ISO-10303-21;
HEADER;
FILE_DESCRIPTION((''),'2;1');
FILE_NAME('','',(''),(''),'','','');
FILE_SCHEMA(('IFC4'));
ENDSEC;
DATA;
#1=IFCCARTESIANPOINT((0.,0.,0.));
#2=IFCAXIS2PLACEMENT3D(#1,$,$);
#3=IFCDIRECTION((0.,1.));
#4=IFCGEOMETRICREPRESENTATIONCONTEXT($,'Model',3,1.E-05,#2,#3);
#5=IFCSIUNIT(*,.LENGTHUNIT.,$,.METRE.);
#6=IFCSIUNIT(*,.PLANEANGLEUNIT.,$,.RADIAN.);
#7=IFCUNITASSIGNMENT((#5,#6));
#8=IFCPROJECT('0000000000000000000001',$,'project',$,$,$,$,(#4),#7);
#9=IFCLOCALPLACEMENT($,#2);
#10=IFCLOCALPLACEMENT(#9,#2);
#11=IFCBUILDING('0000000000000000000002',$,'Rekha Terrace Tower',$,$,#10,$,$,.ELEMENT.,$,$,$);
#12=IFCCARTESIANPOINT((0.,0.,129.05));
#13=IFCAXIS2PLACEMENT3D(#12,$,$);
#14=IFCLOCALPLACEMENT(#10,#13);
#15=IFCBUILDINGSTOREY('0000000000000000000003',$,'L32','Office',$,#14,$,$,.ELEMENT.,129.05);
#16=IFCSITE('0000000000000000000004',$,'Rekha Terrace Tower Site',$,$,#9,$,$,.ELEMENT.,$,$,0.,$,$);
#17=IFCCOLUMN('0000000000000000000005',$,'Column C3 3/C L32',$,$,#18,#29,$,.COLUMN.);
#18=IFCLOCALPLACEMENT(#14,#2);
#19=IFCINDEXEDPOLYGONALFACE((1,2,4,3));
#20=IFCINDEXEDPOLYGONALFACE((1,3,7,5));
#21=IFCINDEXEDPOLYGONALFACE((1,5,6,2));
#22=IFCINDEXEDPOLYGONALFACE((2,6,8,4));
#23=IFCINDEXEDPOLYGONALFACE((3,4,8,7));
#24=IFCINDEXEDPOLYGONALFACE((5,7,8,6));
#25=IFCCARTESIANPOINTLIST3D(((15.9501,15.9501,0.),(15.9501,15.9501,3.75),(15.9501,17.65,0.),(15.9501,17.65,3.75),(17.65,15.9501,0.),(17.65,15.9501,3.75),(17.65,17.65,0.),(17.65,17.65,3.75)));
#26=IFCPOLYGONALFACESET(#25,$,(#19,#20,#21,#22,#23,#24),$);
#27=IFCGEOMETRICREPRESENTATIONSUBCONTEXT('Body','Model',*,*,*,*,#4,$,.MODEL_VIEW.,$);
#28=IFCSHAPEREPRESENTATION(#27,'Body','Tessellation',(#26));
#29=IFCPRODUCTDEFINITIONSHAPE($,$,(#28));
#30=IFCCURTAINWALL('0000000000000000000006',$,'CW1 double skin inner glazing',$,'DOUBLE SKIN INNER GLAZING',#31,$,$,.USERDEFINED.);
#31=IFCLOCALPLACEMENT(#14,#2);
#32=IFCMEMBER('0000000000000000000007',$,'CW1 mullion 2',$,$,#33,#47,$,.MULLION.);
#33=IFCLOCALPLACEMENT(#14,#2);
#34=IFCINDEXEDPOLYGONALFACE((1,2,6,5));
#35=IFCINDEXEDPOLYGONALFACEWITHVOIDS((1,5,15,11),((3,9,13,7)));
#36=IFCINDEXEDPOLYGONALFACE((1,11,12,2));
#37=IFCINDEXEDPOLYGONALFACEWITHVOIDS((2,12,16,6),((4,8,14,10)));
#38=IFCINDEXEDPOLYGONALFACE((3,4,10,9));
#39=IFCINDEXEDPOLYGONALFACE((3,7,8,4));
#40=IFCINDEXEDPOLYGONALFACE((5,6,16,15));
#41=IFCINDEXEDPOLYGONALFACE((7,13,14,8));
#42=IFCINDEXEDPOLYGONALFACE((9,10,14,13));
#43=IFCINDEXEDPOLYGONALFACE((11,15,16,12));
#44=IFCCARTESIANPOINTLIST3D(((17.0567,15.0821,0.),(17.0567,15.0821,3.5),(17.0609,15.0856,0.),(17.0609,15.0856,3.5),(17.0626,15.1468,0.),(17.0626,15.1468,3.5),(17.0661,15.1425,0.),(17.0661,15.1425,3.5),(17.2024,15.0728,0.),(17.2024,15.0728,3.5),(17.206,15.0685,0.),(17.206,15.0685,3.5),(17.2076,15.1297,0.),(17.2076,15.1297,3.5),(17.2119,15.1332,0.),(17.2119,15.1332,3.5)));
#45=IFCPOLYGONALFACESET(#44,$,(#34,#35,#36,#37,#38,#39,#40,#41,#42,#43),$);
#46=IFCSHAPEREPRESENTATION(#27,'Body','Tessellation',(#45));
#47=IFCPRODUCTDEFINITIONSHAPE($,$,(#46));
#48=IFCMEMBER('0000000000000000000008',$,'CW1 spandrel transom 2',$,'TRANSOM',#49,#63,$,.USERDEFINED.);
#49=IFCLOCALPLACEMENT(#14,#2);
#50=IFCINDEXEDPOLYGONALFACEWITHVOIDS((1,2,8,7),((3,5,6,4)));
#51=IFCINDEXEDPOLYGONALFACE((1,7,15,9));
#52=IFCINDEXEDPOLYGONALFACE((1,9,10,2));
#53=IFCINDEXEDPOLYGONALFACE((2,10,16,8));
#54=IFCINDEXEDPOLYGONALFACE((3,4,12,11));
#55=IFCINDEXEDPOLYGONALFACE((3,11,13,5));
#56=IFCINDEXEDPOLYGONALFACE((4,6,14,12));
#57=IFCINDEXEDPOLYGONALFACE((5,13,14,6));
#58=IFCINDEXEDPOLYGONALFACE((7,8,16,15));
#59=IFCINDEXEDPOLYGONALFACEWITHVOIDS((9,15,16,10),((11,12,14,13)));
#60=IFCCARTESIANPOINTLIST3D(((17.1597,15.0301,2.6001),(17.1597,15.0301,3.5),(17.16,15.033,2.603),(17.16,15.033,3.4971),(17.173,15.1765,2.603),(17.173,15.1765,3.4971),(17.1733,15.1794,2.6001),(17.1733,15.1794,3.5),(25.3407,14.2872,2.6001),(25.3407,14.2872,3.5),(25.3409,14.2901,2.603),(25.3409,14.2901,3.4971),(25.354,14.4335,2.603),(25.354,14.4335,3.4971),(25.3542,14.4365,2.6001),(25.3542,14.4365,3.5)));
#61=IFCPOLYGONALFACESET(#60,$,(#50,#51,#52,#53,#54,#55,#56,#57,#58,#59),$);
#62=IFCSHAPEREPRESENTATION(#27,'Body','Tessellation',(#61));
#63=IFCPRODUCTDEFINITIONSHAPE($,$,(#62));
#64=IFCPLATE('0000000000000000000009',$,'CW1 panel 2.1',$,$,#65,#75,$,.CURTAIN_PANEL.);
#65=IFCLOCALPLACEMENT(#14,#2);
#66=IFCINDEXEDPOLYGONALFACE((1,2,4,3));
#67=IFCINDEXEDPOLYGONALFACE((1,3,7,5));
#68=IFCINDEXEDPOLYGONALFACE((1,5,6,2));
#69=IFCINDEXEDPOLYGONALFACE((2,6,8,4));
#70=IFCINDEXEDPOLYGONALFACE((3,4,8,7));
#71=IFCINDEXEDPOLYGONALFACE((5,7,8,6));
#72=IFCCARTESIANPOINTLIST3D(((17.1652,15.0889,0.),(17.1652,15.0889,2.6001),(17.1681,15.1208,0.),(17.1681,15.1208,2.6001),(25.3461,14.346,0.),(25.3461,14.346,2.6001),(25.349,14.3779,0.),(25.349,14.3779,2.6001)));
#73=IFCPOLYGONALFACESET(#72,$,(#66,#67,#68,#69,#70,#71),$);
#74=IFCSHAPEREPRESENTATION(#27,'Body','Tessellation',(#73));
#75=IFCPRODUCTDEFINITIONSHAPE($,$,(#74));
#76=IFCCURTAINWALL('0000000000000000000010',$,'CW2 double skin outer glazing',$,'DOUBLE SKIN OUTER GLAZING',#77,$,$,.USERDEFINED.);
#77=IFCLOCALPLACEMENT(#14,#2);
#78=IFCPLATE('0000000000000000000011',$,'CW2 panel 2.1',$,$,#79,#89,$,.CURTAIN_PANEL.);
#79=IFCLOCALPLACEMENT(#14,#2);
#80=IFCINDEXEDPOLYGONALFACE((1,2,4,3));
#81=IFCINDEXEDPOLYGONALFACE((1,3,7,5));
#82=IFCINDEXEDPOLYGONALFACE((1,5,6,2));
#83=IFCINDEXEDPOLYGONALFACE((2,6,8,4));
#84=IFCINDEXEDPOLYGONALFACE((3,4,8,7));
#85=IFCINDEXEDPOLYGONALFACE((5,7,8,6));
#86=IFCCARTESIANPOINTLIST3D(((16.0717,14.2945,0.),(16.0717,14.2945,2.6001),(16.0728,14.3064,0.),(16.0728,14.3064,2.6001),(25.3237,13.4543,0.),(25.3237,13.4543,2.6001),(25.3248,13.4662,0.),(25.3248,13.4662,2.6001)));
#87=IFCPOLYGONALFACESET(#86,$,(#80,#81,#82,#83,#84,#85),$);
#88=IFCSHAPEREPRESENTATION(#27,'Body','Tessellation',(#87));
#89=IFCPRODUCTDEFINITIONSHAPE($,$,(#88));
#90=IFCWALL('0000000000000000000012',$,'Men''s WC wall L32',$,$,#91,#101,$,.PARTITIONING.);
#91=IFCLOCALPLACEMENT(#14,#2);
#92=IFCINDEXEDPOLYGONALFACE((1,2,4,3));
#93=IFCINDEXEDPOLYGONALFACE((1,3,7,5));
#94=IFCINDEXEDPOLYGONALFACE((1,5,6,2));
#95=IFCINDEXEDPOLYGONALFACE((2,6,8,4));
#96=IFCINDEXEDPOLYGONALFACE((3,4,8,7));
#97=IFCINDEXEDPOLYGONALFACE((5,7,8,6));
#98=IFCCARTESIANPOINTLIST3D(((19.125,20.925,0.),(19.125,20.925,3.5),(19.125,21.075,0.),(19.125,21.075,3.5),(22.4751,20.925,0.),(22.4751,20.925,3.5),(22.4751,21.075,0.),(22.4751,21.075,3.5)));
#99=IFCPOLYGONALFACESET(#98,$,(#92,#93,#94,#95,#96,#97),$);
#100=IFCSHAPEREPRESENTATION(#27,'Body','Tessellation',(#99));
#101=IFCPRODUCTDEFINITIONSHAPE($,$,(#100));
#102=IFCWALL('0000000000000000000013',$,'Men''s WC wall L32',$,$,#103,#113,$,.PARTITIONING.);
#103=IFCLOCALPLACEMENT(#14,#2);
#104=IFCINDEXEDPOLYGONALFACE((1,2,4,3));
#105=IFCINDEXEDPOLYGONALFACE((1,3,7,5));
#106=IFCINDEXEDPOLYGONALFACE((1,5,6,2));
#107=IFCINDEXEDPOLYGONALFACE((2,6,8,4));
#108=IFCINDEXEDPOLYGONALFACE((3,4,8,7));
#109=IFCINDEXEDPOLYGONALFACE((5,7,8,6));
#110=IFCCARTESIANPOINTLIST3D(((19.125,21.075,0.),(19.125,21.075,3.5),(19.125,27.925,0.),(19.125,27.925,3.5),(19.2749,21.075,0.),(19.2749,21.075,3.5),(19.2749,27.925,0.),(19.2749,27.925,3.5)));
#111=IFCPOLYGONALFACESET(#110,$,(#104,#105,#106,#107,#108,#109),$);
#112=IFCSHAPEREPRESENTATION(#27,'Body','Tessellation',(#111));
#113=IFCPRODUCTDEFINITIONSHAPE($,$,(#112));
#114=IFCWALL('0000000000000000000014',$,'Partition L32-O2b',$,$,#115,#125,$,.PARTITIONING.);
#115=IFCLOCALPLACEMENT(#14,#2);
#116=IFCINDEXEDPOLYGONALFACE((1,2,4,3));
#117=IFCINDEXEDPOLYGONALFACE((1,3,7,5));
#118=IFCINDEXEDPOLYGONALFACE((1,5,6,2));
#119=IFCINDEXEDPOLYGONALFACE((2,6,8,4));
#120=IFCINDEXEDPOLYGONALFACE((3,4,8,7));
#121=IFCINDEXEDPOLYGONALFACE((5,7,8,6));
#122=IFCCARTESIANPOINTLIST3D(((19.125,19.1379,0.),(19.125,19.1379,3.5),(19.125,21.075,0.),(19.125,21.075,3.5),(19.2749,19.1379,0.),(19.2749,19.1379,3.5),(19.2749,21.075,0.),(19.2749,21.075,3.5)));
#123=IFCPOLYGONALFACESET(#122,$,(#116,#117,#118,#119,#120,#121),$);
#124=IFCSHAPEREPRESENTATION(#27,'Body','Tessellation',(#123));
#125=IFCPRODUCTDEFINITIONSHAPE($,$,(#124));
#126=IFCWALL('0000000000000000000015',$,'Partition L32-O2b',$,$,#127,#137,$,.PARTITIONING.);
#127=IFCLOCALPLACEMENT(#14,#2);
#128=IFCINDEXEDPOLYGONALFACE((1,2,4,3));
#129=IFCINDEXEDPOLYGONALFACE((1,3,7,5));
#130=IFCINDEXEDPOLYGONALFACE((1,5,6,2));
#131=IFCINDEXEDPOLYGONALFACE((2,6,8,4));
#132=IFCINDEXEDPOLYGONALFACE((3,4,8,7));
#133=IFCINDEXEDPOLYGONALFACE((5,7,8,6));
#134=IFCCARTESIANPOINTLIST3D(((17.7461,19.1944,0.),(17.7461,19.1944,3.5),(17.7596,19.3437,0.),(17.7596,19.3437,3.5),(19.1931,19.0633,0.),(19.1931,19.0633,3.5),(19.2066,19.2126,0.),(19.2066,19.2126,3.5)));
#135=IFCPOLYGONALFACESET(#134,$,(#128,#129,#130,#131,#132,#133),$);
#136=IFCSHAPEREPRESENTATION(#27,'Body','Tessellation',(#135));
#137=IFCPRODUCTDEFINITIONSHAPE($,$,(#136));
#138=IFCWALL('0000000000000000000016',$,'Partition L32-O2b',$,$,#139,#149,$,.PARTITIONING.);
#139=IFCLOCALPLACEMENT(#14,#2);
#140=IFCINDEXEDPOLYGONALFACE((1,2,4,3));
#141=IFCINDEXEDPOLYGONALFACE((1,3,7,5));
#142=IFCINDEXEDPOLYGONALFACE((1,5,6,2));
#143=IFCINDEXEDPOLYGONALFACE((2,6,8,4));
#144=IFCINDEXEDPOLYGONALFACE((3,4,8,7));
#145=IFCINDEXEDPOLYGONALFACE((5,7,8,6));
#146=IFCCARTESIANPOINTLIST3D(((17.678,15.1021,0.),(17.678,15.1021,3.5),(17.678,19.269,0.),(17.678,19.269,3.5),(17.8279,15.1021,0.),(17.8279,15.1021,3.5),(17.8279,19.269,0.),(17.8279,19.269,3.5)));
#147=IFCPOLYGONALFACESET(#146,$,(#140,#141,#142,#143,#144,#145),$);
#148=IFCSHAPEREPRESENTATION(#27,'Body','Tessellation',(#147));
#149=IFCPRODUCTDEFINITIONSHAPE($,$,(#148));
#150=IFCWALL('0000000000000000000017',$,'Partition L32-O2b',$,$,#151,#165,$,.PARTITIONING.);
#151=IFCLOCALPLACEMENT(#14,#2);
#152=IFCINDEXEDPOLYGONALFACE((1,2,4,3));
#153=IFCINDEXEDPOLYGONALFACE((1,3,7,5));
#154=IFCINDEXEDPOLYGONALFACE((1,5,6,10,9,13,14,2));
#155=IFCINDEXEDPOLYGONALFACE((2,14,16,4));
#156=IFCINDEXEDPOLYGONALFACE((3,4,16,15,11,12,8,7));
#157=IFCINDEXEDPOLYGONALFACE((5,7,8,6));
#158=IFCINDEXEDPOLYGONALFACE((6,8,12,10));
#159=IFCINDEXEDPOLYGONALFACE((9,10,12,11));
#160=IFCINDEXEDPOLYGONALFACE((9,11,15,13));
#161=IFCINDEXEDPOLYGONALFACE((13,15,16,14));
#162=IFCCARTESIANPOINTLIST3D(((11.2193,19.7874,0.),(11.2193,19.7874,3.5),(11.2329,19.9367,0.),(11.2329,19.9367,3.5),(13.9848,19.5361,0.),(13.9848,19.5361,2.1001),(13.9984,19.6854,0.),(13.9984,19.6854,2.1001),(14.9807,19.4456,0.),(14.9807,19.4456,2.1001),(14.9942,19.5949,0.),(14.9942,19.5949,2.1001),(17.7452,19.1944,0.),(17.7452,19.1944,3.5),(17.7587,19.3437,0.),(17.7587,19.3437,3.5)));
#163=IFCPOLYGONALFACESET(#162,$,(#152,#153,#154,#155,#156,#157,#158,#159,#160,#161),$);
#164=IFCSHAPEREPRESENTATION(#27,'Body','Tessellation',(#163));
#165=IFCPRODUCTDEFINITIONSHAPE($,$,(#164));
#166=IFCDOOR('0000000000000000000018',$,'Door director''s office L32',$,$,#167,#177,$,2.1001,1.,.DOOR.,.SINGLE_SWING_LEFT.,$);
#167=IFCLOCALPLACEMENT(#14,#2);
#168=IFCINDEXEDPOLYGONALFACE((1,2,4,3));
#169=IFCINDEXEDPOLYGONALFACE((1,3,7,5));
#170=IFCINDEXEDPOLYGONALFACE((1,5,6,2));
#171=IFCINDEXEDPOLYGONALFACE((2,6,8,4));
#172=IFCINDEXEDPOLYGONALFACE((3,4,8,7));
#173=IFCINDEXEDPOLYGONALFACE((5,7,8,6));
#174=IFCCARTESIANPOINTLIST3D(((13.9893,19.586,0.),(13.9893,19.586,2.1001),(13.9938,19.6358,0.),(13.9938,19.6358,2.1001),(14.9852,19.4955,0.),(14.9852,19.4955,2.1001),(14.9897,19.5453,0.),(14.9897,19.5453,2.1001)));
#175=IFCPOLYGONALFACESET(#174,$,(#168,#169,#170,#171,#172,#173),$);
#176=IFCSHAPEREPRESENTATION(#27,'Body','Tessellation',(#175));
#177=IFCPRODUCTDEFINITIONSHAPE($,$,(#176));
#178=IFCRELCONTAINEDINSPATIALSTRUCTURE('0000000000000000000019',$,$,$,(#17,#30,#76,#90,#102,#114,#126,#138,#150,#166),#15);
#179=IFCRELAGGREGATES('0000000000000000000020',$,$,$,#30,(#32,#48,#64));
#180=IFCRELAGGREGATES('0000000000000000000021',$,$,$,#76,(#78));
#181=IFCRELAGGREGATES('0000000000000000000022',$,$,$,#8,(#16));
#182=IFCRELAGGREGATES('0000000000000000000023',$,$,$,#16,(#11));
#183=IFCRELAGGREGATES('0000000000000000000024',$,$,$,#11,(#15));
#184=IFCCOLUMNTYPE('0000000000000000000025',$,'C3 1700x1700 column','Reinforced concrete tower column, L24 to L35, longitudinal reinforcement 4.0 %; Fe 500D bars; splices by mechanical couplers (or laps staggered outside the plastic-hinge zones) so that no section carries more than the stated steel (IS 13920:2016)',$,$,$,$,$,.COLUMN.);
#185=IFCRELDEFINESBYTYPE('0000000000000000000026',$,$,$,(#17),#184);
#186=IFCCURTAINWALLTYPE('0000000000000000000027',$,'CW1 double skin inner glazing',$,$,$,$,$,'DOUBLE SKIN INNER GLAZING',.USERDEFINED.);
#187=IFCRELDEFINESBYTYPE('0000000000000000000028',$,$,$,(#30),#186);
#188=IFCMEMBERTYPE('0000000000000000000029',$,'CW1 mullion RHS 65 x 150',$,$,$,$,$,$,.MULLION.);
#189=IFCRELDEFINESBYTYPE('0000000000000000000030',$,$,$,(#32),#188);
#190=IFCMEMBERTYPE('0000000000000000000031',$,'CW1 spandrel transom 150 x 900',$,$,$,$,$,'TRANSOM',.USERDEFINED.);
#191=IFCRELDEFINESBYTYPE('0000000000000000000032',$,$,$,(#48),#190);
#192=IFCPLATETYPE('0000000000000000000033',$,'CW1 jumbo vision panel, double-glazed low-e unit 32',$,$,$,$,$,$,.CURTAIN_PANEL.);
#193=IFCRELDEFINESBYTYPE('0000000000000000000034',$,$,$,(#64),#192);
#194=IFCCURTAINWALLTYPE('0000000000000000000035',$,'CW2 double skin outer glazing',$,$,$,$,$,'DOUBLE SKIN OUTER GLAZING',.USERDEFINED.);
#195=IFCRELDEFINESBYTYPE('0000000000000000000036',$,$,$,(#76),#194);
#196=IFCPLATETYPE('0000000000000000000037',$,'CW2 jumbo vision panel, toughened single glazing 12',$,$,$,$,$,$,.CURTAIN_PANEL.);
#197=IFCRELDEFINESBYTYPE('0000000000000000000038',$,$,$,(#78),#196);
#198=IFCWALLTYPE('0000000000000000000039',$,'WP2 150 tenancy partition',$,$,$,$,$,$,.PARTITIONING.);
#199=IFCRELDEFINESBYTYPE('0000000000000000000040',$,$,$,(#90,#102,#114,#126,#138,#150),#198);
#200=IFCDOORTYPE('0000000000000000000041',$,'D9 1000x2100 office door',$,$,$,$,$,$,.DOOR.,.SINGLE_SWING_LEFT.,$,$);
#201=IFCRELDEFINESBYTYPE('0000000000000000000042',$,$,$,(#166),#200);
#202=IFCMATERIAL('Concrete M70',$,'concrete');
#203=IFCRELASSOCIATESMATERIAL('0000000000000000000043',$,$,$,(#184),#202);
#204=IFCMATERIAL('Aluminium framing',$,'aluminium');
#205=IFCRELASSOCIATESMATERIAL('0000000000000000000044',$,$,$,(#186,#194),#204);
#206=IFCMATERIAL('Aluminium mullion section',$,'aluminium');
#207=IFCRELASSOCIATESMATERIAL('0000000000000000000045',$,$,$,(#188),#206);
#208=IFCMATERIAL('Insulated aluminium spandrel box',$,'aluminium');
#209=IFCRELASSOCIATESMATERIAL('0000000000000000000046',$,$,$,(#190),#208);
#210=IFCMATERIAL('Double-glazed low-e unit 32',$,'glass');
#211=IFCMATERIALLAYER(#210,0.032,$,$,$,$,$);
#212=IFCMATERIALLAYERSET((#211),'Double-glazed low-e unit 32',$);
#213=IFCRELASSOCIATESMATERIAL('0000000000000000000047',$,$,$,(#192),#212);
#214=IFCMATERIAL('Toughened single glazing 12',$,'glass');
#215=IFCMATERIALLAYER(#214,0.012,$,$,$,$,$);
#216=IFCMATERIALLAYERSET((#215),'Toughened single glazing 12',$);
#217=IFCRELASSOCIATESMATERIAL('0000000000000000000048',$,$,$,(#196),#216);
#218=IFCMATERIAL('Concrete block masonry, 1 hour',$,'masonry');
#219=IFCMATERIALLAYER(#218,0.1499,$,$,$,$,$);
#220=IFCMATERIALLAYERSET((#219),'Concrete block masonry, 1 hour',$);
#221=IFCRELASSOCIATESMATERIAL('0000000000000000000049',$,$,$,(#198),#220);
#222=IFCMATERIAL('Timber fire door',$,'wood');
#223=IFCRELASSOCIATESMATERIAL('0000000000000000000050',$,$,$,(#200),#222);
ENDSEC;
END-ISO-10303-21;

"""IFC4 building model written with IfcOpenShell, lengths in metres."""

from ifc_helpers import new_model, si_unit, direction, frame, frame_2d, origin, origin_2d, place, context, subcontext, project, spatial, rectangle, hollow_rectangle, extrude, material, layer, layer_set, material_profile, profile_set, type_object, element, fill, aggregate, save


model = new_model("IFC4")

# Units and contexts
model_context = context("Model", 3, precision=1e-05, world=origin(), true_north=direction((0.0, 1.0)))
body_context = subcontext(model_context, "Body", "Model", "MODEL_VIEW")
ifc_project = project(units=[si_unit("LENGTHUNIT", "METRE"), si_unit("PLANEANGLEUNIT", "RADIAN")], contexts=[model_context])

# Site, building, storey
site_placement = place(None, origin())
site = spatial("IfcSite", under=ifc_project, at=site_placement, Name="Rekha Terrace Tower Site", CompositionType="ELEMENT", RefElevation=0.0)
building_placement = place(site_placement, origin())
building = spatial("IfcBuilding", under=site, at=building_placement, Name="Rekha Terrace Tower", CompositionType="ELEMENT")
storey_placement = place(building_placement, frame((0.0, 0.0, 129.05)))
storey = spatial("IfcBuildingStorey", under=building, at=storey_placement, Name="L32", Description="Office", CompositionType="ELEMENT", Elevation=129.05)

# Column
ifc_material_1 = material(Name="Concrete M70", Category="concrete")
ifc_material_profile_1 = material_profile(ifc_material_1, rectangle(XDim=1.7, YDim=1.7, at=origin_2d()), Name="RC 1700x1700")
ifc_profile_set_1 = profile_set([ifc_material_profile_1], Name="Concrete M70")
column_type = type_object("IfcColumnType", Name="C3 1700x1700 column", Description="Reinforced concrete tower column, L24 to L35, longitudinal reinforcement 4.0 %; Fe 500D bars; splices by mechanical couplers (or laps staggered outside the plastic-hinge zones) so that no section carries more than the stated steel (IS 13920:2016)", PredefinedType="COLUMN", material=ifc_profile_set_1)
column_placement = place(storey_placement, frame((16.8, 16.8, 0.0), z_axis=(0.0, 0.0, 1.0), x_axis=(1.0, 0.0, 0.0)))
element("IfcColumn", 1, at=column_placement, inside=storey, type_object=column_type, Name="Column C3 3/C L32", PredefinedType="COLUMN", context=body_context, shape_type="SweptSolid", body=[
    extrude(rectangle(XDim=1.7, YDim=1.7, at=origin_2d()), origin(), (0.0, 0.0, 1.0), 3.75),
])

# Curtain wall, members, plate
ifc_material_2 = material(Name="Aluminium framing", Category="aluminium")
curtain_wall_type_1 = type_object("IfcCurtainWallType", Name="CW1 double skin inner glazing", ElementType="DOUBLE SKIN INNER GLAZING", PredefinedType="USERDEFINED", material=ifc_material_2)
curtain_wall_1_placement = place(storey_placement, origin())
curtain_wall_1 = element("IfcCurtainWall", 2, at=curtain_wall_1_placement, inside=storey, type_object=curtain_wall_type_1, Name="CW1 double skin inner glazing", ObjectType="DOUBLE SKIN INNER GLAZING", PredefinedType="USERDEFINED")
ifc_material_3 = material(Name="Aluminium mullion section", Category="aluminium")
ifc_material_profile_2 = material_profile(ifc_material_3, hollow_rectangle(XDim=0.0649, YDim=0.1499, WallThickness=0.0039, at=origin_2d()), Name="AL RHS 65x150")
ifc_profile_set_2 = profile_set([ifc_material_profile_2], Name="Aluminium mullion section")
member_type_1 = type_object("IfcMemberType", Name="CW1 mullion RHS 65 x 150", PredefinedType="MULLION", material=ifc_profile_set_2)
member_1_placement = place(storey_placement, frame((17.1343, 15.1077, 0.0), z_axis=(0.0, 0.0, 1.0), x_axis=(0.09044, 0.995902, 0.0)))
member_1 = element("IfcMember", 3, at=member_1_placement, type_object=member_type_1, Name="CW1 mullion 2", PredefinedType="MULLION", context=body_context, shape_type="SweptSolid", body=[
    extrude(hollow_rectangle(XDim=0.0649, YDim=0.1499, WallThickness=0.0039, at=origin_2d()), origin(), (0.0, 0.0, 1.0), 3.5),
])
ifc_material_4 = material(Name="Insulated aluminium spandrel box", Category="aluminium")
ifc_material_profile_3 = material_profile(ifc_material_4, hollow_rectangle(XDim=0.1499, YDim=0.8999, WallThickness=0.0029, at=origin_2d()), Name="AL SPANDREL BOX 150x900")
ifc_profile_set_3 = profile_set([ifc_material_profile_3], Name="Insulated aluminium spandrel box")
member_type_2 = type_object("IfcMemberType", Name="CW1 spandrel transom 150 x 900", ElementType="TRANSOM", PredefinedType="USERDEFINED", material=ifc_profile_set_3)
member_2_placement = place(storey_placement, frame((17.1665, 15.1047, 3.05), z_axis=(0.995902, -0.090439, 0.0), x_axis=(0.090439, 0.995902, 0.0)))
member_2 = element("IfcMember", 4, at=member_2_placement, type_object=member_type_2, Name="CW1 spandrel transom 2", ObjectType="TRANSOM", PredefinedType="USERDEFINED", context=body_context, shape_type="SweptSolid", body=[
    extrude(hollow_rectangle(XDim=0.1499, YDim=0.8999, WallThickness=0.0029, at=origin_2d()), origin(), (0.0, 0.0, 1.0), 8.2146),
])
ifc_material_5 = material(Name="Double-glazed low-e unit 32", Category="glass")
ifc_layer_1 = layer(ifc_material_5, 0.032)
ifc_layer_set_1 = layer_set([ifc_layer_1], Name="Double-glazed low-e unit 32")
plate_type_1 = type_object("IfcPlateType", Name="CW1 jumbo vision panel, double-glazed low-e unit 32", PredefinedType="CURTAIN_PANEL", material=ifc_layer_set_1)
plate_1_placement = place(storey_placement, frame((21.2571, 14.7334, 0.0), z_axis=(0.0, 0.0, 1.0), x_axis=(0.995902, -0.09044, 0.0)))
plate_1 = element("IfcPlate", 5, at=plate_1_placement, type_object=plate_type_1, Name="CW1 panel 2.1", PredefinedType="CURTAIN_PANEL", context=body_context, shape_type="SweptSolid", body=[
    extrude(rectangle(XDim=8.2146, YDim=0.032, at=origin_2d()), origin(), (0.0, 0.0, 1.0), 2.6001),
])
aggregate(curtain_wall_1, [member_1, member_2, plate_1])

# Curtain wall, plate
curtain_wall_type_2 = type_object("IfcCurtainWallType", Name="CW2 double skin outer glazing", ElementType="DOUBLE SKIN OUTER GLAZING", PredefinedType="USERDEFINED", material=ifc_material_2)
curtain_wall_2_placement = place(storey_placement, origin())
curtain_wall_2 = element("IfcCurtainWall", 6, at=curtain_wall_2_placement, inside=storey, type_object=curtain_wall_type_2, Name="CW2 double skin outer glazing", ObjectType="DOUBLE SKIN OUTER GLAZING", PredefinedType="USERDEFINED")
ifc_material_6 = material(Name="Toughened single glazing 12", Category="glass")
ifc_layer_2 = layer(ifc_material_6, 0.012)
ifc_layer_set_2 = layer_set([ifc_layer_2], Name="Toughened single glazing 12")
plate_type_2 = type_object("IfcPlateType", Name="CW2 jumbo vision panel, toughened single glazing 12", PredefinedType="CURTAIN_PANEL", material=ifc_layer_set_2)
plate_2_placement = place(storey_placement, frame((20.6982, 13.8804, 0.0), z_axis=(0.0, 0.0, 1.0), x_axis=(0.995902, -0.09044, 0.0)))
plate_2 = element("IfcPlate", 7, at=plate_2_placement, type_object=plate_type_2, Name="CW2 panel 2.1", PredefinedType="CURTAIN_PANEL", context=body_context, shape_type="SweptSolid", body=[
    extrude(rectangle(XDim=9.29, YDim=0.012, at=origin_2d()), origin(), (0.0, 0.0, 1.0), 2.6001),
])
aggregate(curtain_wall_2, [plate_2])

# Walls
ifc_material_7 = material(Name="Concrete block masonry, 1 hour", Category="masonry")
ifc_layer_3 = layer(ifc_material_7, 0.1499)
ifc_layer_set_3 = layer_set([ifc_layer_3], Name="Concrete block masonry, 1 hour")
wall_type_1 = type_object("IfcWallType", Name="WP2 150 tenancy partition", PredefinedType="PARTITIONING", material=ifc_layer_set_3)
wall_1_placement = place(storey_placement, frame((19.125, 21.0, 0.0), z_axis=(0.0, 0.0, 1.0), x_axis=(1.0, 0.0, 0.0)))
element("IfcWall", 8, at=wall_1_placement, inside=storey, type_object=wall_type_1, Name="Men's WC wall L32", PredefinedType="PARTITIONING", context=body_context, shape_type="SweptSolid", body=[
    extrude(rectangle(XDim=3.3501, YDim=0.1499, at=frame_2d((1.675, 0.0))), origin(), (0.0, 0.0, 1.0), 3.5),
])
wall_2_placement = place(storey_placement, frame((19.2, 21.075, 0.0), z_axis=(0.0, 0.0, 1.0), x_axis=(0.0, 1.0, 0.0)))
element("IfcWall", 9, at=wall_2_placement, inside=storey, type_object=wall_type_1, Name="Men's WC wall L32", PredefinedType="PARTITIONING", context=body_context, shape_type="SweptSolid", body=[
    extrude(rectangle(XDim=6.8501, YDim=0.1499, at=frame_2d((3.425, 0.0))), origin(), (0.0, 0.0, 1.0), 3.5),
])
wall_3_placement = place(storey_placement, frame((19.2, 21.075, 0.0), z_axis=(0.0, 0.0, 1.0), x_axis=(0.0, -1.0, 0.0)))
element("IfcWall", 10, at=wall_3_placement, inside=storey, type_object=wall_type_1, Name="Partition L32-O2b", PredefinedType="PARTITIONING", context=body_context, shape_type="SweptSolid", body=[
    extrude(rectangle(XDim=1.937, YDim=0.1499, at=frame_2d((0.9685, 0.0))), origin(), (0.0, 0.0, 1.0), 3.5),
])
wall_4_placement = place(storey_placement, frame((19.2, 19.1379, 0.0), z_axis=(0.0, 0.0, 1.0), x_axis=(-0.995921, 0.090233, 0.0)))
element("IfcWall", 11, at=wall_4_placement, inside=storey, type_object=wall_type_1, Name="Partition L32-O2b", PredefinedType="PARTITIONING", context=body_context, shape_type="SweptSolid", body=[
    extrude(rectangle(XDim=1.4529, YDim=0.1499, at=frame_2d((0.7266, 0.0))), origin(), (0.0, 0.0, 1.0), 3.5),
])
wall_5_placement = place(storey_placement, frame((17.7529, 19.269, 0.0), z_axis=(0.0, 0.0, 1.0), x_axis=(0.0, -1.0, 0.0)))
element("IfcWall", 12, at=wall_5_placement, inside=storey, type_object=wall_type_1, Name="Partition L32-O2b", PredefinedType="PARTITIONING", context=body_context, shape_type="SweptSolid", body=[
    extrude(rectangle(XDim=4.167, YDim=0.1499, at=frame_2d((2.0835, 0.0))), origin(), (0.0, 0.0, 1.0), 3.5),
])

# Wall, opening, door
wall_6_placement = place(storey_placement, frame((17.752, 19.269, 0.0), z_axis=(0.0, 0.0, 1.0), x_axis=(-0.995897, 0.090499, 0.0)))
wall_6 = element("IfcWall", 13, at=wall_6_placement, inside=storey, type_object=wall_type_1, Name="Partition L32-O2b", PredefinedType="PARTITIONING", context=body_context, shape_type="SweptSolid", body=[
    extrude(rectangle(XDim=6.5527, YDim=0.1499, at=frame_2d((3.2764, 0.0))), origin(), (0.0, 0.0, 1.0), 3.5),
])
opening_1_placement = place(wall_6_placement, frame((2.7759, 0.0, 0.0)))
opening_1 = element("IfcOpeningElement", 14, at=opening_1_placement, cuts=wall_6, PredefinedType="OPENING", context=body_context, shape_type="SweptSolid", body=[
    extrude(rectangle(XDim=1.0, YDim=2.1001, at=frame_2d((0.5, 1.05))), frame((0.0, 0.085, 0.0), z_axis=(0.0, -1.0, 0.0), x_axis=(1.0, 0.0, 0.0)), (0.0, 0.0, 1.0), 0.1699),
])
ifc_material_8 = material(Name="Timber fire door", Category="wood")
door_type = type_object("IfcDoorType", Name="D9 1000x2100 office door", OperationType="SINGLE_SWING_LEFT", PredefinedType="DOOR", material=ifc_material_8)
door_1_placement = place(opening_1_placement, origin())
door_1 = element("IfcDoor", 15, at=door_1_placement, inside=storey, type_object=door_type, Name="Door director's office L32", OperationType="SINGLE_SWING_LEFT", OverallHeight=2.1001, OverallWidth=1.0, PredefinedType="DOOR", context=body_context, shape_type="SweptSolid", body=[
    extrude(rectangle(XDim=1.0, YDim=2.1001, at=frame_2d((0.5, 1.05))), frame((0.0, 0.0249, 0.0), z_axis=(0.0, -1.0, 0.0), x_axis=(1.0, 0.0, 0.0)), (0.0, 0.0, 1.0), 0.05),
])
fill(opening_1, door_1)

save(model, "model.ifc")
